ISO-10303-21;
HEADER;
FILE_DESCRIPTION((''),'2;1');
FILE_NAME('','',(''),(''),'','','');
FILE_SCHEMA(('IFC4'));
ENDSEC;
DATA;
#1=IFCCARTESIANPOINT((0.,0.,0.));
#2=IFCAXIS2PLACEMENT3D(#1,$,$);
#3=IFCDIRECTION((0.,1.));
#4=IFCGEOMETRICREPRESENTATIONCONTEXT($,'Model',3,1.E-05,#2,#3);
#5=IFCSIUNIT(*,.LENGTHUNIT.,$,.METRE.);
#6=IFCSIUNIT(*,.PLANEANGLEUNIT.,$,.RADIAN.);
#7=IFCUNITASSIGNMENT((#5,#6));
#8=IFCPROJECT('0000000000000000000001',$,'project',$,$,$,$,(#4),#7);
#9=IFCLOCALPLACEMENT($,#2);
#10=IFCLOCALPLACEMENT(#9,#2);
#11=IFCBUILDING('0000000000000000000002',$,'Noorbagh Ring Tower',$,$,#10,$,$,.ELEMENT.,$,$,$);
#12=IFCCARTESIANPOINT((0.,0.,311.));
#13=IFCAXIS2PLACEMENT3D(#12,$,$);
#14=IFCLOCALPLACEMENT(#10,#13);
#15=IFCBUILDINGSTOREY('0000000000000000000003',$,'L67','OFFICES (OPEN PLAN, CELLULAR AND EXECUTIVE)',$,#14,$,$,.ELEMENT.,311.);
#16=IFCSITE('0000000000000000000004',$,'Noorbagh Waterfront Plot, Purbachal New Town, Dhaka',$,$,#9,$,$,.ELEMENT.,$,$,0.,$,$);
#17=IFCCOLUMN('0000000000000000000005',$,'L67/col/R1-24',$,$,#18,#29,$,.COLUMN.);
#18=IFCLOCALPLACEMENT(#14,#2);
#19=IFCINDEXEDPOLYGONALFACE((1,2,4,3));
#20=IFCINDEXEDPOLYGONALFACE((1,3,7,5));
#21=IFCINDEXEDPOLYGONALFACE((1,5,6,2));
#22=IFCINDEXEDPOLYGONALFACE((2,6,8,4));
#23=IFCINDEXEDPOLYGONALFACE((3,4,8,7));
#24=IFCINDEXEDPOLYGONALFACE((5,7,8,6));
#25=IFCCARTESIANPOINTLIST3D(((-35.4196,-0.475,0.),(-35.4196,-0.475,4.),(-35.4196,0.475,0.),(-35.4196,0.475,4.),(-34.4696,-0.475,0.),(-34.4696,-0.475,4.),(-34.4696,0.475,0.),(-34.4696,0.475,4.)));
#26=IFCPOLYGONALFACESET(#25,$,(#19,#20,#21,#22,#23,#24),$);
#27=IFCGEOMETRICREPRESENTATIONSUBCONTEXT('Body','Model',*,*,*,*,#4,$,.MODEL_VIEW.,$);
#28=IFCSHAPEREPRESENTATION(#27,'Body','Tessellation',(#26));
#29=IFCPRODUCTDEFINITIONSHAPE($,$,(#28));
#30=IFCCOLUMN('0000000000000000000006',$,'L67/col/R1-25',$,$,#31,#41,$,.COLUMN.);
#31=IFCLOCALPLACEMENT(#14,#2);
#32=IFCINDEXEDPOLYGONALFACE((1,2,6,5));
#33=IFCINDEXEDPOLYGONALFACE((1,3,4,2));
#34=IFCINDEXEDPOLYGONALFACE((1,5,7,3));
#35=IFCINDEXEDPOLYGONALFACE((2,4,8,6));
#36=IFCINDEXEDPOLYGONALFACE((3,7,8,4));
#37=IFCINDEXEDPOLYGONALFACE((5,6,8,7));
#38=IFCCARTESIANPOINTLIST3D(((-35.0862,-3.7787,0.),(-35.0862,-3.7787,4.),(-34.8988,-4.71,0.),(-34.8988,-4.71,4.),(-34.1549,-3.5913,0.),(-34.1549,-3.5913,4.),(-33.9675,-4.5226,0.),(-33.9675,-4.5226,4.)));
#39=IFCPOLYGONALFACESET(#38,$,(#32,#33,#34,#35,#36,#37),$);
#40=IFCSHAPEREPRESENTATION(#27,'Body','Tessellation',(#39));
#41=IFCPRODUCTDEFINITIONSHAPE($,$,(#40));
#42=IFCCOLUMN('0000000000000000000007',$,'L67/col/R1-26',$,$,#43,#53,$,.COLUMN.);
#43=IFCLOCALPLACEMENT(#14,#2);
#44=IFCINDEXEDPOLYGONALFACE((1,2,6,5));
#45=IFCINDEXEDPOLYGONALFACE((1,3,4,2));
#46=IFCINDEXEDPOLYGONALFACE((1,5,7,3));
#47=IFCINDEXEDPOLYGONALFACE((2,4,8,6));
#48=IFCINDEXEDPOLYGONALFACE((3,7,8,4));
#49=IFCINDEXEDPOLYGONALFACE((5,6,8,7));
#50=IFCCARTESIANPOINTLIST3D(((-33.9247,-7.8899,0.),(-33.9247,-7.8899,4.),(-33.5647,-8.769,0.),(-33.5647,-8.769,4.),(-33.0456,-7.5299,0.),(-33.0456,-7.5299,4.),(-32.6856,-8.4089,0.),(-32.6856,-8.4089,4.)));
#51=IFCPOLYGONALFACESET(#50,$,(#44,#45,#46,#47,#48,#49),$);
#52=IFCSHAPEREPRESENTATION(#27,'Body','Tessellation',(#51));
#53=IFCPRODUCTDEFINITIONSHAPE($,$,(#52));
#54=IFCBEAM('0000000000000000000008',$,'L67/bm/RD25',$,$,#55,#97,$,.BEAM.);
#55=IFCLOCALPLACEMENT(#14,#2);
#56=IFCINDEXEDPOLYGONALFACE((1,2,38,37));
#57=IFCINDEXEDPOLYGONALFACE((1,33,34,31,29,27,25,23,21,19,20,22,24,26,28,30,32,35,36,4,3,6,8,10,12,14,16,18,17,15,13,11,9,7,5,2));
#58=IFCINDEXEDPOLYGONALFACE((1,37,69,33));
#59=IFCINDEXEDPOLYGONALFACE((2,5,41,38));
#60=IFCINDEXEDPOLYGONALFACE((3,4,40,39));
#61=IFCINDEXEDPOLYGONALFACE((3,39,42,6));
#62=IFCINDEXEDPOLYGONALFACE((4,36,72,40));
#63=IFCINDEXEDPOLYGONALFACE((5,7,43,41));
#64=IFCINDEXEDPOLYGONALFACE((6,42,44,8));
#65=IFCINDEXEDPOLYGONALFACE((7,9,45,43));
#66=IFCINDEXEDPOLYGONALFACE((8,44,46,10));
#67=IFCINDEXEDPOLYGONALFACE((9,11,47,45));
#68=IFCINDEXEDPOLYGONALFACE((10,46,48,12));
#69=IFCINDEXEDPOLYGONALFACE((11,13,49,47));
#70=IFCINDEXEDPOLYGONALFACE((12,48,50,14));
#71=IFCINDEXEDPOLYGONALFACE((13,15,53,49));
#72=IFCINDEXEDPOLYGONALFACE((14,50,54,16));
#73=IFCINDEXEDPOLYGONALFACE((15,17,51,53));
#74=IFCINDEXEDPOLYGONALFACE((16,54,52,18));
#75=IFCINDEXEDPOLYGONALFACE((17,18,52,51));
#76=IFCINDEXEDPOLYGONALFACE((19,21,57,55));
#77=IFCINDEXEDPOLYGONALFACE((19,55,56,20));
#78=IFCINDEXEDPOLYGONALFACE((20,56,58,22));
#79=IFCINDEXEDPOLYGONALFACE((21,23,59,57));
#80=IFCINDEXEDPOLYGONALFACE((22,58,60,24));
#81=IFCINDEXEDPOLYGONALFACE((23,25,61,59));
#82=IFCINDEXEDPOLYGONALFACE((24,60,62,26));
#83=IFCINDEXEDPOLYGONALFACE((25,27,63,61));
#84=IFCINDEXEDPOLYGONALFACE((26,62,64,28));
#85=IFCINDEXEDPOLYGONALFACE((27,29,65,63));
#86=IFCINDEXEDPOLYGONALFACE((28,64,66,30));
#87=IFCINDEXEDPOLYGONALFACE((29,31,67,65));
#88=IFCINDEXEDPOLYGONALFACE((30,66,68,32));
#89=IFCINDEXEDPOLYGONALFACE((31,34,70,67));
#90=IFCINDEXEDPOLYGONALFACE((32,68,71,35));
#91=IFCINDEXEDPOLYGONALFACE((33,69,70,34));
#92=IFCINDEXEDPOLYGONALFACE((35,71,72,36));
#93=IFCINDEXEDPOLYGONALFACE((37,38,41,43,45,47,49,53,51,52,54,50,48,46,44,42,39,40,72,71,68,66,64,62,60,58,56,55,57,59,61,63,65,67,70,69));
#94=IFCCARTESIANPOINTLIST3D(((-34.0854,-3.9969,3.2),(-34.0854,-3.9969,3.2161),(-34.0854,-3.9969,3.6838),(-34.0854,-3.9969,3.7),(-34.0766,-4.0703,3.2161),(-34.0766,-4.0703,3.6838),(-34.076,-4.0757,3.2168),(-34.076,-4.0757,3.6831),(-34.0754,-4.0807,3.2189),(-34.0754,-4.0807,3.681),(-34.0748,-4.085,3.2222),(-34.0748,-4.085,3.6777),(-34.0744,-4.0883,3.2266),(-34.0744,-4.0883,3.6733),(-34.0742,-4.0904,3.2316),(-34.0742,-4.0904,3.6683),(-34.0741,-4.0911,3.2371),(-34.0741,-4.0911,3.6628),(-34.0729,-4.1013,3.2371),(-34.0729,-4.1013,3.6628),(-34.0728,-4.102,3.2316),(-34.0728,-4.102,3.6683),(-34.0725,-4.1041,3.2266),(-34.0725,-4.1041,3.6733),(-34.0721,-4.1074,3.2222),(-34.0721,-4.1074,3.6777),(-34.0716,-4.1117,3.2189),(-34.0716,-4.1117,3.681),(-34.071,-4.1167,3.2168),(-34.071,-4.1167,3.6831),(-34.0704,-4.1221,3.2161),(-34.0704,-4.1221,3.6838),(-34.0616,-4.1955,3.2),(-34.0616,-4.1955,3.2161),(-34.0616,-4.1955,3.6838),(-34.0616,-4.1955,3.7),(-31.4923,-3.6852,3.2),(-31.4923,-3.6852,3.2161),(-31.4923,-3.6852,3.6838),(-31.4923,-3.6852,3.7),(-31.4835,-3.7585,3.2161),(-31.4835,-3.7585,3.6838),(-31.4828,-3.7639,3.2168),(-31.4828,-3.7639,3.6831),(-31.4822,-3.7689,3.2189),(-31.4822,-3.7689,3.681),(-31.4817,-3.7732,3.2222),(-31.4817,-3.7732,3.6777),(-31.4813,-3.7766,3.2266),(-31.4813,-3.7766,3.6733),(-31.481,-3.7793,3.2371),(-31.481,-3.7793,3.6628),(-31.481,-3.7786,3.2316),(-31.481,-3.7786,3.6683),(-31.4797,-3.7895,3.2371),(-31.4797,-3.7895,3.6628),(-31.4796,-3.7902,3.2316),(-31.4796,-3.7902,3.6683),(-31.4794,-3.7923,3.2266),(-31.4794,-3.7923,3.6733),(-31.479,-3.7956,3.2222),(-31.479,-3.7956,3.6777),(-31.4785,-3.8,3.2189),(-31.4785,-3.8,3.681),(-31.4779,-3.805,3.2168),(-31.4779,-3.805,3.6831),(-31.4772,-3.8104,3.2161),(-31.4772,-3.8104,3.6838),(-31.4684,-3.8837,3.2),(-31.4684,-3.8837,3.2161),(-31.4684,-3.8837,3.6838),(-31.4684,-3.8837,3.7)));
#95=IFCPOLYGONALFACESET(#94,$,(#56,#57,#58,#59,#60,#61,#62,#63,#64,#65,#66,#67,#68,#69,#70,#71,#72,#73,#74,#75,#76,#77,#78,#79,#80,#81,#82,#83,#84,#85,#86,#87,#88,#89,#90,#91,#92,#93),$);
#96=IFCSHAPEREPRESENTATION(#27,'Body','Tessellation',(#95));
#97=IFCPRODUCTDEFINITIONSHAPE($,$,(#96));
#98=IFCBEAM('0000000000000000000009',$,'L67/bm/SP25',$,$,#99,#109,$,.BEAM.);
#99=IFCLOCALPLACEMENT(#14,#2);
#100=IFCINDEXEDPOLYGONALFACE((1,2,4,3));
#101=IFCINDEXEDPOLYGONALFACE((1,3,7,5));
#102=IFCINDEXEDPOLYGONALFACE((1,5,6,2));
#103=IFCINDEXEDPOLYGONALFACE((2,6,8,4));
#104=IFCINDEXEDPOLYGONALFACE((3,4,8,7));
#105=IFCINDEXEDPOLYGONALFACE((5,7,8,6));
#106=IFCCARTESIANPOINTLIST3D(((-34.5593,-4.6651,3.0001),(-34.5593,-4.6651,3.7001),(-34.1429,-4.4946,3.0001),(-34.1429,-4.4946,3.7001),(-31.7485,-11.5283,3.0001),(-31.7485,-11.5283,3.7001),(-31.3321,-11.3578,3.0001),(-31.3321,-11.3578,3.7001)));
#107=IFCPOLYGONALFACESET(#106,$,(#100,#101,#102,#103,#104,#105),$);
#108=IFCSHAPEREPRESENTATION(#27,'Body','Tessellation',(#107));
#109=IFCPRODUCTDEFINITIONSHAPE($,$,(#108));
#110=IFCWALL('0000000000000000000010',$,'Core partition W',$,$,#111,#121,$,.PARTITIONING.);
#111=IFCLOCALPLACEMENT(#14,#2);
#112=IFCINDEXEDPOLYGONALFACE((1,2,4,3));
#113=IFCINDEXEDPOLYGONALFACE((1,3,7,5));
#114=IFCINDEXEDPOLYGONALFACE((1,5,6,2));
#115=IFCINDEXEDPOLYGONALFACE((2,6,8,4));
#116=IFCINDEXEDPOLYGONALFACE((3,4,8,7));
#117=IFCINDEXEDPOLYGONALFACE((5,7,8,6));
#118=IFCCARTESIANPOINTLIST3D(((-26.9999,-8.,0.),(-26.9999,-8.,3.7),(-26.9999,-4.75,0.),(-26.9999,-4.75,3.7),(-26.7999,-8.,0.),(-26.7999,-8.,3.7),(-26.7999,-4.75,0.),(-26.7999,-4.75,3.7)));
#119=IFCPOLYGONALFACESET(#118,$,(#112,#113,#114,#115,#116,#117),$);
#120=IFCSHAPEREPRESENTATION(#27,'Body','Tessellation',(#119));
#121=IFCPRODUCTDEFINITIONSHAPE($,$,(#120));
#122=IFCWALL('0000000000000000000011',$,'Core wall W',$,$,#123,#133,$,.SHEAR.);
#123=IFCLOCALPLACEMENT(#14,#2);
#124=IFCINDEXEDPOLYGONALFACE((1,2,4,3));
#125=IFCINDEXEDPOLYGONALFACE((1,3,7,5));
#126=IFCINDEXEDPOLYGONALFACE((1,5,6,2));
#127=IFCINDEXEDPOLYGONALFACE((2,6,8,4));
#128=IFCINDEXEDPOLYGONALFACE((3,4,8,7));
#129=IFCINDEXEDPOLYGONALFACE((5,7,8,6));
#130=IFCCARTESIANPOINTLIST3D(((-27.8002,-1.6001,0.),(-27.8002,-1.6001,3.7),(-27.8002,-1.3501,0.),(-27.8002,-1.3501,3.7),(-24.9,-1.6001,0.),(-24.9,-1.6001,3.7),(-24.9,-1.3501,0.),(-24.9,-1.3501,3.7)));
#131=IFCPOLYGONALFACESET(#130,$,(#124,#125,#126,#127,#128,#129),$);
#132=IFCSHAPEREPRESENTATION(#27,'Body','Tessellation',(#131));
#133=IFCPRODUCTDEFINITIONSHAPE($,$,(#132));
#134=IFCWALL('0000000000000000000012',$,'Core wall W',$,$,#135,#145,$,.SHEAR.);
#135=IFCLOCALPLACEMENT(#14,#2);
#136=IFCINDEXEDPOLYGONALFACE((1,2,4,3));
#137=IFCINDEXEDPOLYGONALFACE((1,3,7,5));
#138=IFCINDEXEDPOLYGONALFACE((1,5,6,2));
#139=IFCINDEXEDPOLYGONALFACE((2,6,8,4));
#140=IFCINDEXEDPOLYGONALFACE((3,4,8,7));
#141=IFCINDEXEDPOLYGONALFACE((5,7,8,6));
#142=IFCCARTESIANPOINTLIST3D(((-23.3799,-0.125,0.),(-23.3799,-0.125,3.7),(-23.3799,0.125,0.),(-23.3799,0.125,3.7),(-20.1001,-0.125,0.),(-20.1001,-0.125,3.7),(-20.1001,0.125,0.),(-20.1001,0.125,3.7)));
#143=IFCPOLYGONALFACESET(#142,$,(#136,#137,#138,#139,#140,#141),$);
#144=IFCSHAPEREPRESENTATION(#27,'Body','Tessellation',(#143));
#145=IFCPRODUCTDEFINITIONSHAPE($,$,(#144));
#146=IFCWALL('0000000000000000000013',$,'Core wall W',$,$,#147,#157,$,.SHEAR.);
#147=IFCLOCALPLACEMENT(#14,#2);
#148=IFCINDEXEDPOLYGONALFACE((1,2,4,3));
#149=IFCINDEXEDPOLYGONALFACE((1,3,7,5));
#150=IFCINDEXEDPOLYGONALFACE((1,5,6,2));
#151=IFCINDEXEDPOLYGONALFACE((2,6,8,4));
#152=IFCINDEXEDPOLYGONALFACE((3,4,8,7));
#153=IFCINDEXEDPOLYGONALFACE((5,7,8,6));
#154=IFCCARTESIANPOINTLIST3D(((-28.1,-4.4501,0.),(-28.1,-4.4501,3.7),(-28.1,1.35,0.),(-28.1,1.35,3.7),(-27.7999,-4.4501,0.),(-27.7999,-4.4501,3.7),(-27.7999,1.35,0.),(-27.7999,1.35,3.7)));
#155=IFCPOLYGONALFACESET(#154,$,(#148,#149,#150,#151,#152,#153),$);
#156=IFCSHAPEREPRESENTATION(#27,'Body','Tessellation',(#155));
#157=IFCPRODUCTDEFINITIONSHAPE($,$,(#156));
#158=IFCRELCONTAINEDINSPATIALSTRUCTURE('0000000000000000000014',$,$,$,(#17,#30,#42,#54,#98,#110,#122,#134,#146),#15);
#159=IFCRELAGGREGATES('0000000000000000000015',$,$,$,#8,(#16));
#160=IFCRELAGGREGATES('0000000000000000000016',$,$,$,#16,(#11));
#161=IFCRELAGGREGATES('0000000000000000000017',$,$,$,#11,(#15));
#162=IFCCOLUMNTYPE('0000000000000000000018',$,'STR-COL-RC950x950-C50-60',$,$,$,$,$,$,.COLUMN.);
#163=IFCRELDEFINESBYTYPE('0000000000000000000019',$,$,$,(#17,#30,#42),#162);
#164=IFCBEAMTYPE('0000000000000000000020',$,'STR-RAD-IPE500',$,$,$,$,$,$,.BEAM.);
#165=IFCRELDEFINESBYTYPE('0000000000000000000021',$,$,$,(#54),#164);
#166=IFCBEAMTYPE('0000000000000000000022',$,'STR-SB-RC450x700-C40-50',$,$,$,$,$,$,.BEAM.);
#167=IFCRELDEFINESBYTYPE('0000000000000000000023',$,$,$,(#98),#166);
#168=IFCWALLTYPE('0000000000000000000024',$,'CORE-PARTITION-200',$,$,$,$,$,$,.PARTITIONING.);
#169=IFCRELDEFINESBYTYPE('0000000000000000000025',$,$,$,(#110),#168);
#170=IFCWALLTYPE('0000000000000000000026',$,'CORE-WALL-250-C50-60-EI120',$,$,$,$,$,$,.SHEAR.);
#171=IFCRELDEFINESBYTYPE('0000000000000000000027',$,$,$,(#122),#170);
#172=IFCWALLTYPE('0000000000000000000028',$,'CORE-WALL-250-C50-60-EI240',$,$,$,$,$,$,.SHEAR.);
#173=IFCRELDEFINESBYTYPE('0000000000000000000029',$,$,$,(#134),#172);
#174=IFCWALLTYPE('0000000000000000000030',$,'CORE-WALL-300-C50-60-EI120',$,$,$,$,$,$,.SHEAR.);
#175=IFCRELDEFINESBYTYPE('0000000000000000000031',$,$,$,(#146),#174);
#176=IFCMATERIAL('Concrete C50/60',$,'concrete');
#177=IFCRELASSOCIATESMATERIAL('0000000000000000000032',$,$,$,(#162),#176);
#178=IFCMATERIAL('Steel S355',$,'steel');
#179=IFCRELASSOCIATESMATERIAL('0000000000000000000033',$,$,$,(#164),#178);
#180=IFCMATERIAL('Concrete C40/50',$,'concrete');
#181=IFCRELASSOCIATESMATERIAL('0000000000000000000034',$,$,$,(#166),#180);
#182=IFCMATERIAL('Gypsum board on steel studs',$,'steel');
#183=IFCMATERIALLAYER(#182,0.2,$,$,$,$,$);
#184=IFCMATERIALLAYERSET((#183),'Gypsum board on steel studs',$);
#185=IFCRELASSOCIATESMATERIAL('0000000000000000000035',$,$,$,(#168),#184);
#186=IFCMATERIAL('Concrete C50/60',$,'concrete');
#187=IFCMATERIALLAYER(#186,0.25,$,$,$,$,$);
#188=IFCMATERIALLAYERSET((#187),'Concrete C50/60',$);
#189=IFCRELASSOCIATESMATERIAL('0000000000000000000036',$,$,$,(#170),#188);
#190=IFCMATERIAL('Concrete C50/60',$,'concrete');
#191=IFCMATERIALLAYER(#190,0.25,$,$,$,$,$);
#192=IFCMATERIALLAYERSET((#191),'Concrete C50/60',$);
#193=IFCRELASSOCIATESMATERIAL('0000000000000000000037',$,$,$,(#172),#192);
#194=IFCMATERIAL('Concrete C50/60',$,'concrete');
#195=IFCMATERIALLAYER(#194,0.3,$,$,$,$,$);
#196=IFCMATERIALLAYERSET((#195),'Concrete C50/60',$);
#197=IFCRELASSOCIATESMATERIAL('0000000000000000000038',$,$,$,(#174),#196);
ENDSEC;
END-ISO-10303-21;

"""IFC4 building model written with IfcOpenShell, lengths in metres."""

from ifc_helpers import new_model, si_unit, direction, frame, frame_2d, origin, origin_2d, place, context, subcontext, project, spatial, rectangle, i_section, extrude, material, layer, layer_set, material_profile, profile_set, type_object, element, save


model = new_model("IFC4")

# Units and contexts
model_context = context("Model", 3, precision=1e-05, world=origin(), true_north=direction((0.0, 1.0)))
body_context = subcontext(model_context, "Body", "Model", "MODEL_VIEW")
ifc_project = project(units=[si_unit("LENGTHUNIT", "METRE"), si_unit("PLANEANGLEUNIT", "RADIAN")], contexts=[model_context])

# Site, building, storey
site_placement = place(None, origin())
site = spatial("IfcSite", under=ifc_project, at=site_placement, Name="Noorbagh Waterfront Plot, Purbachal New Town, Dhaka", CompositionType="ELEMENT", RefElevation=0.0)
building_placement = place(site_placement, origin())
building = spatial("IfcBuilding", under=site, at=building_placement, Name="Noorbagh Ring Tower", CompositionType="ELEMENT")
storey_placement = place(building_placement, frame((0.0, 0.0, 311.0)))
storey = spatial("IfcBuildingStorey", under=building, at=storey_placement, Name="L67", Description="OFFICES (OPEN PLAN, CELLULAR AND EXECUTIVE)", CompositionType="ELEMENT", Elevation=311.0)

# Columns
ifc_material_1 = material(Name="Concrete C50/60", Category="concrete")
ifc_material_profile_1 = material_profile(ifc_material_1, rectangle(XDim=0.95, YDim=0.95, at=origin_2d()), Name="RC950x950")
ifc_profile_set_1 = profile_set([ifc_material_profile_1], Name="Concrete C50/60")
column_type = type_object("IfcColumnType", Name="STR-COL-RC950x950-C50-60", PredefinedType="COLUMN", material=ifc_profile_set_1)
for number, where, z_axis, x_axis, name in (
    (1, (-34.9446, 0.0, 0.0), (0.0, 0.0, 1.0), (0.0, -1.0, 0.0), "L67/col/R1-24"),
    (2, (-34.5269, -4.1506, 0.0), (0.0, 0.0, 1.0), (0.19723, -0.980357, 0.0), "L67/col/R1-25"),
    (3, (-33.3052, -8.1494, 0.0), (0.0, 0.0, 1.0), (0.378989, -0.925401, 0.0), "L67/col/R1-26"),
):
    element("IfcColumn", number, at=place(storey_placement, frame(where, z_axis=z_axis, x_axis=x_axis)), inside=storey, type_object=column_type, Name=name, PredefinedType="COLUMN", context=body_context, shape_type="SweptSolid", body=[
        extrude(rectangle(XDim=0.95, YDim=0.95, at=origin_2d()), origin(), (0.0, 0.0, 1.0), 4.0),
    ])

# Beams
ifc_material_2 = material(Name="Steel S355", Category="steel")
ifc_material_profile_2 = material_profile(ifc_material_2, i_section(OverallWidth=0.2, OverallDepth=0.5, WebThickness=0.0103, FlangeThickness=0.0161, FilletRadius=0.021, at=origin_2d()), Name="IPE500")
ifc_profile_set_2 = profile_set([ifc_material_profile_2], Name="Steel S355")
beam_type_1 = type_object("IfcBeamType", Name="STR-RAD-IPE500", PredefinedType="BEAM", material=ifc_profile_set_2)
beam_1_placement = place(storey_placement, frame((-34.0735, -4.0962, 3.45), z_axis=(0.992851, 0.119363, 0.0), x_axis=(-0.119363, 0.992851, 0.0)))
element("IfcBeam", 4, at=beam_1_placement, inside=storey, type_object=beam_type_1, Name="L67/bm/RD25", PredefinedType="BEAM", context=body_context, shape_type="SweptSolid", body=[
    extrude(i_section(OverallWidth=0.2, OverallDepth=0.5, WebThickness=0.0103, FlangeThickness=0.0161, FilletRadius=0.021, at=origin_2d()), origin(), (0.0, 0.0, 1.0), 2.6118),
])
ifc_material_3 = material(Name="Concrete C40/50", Category="concrete")
ifc_material_profile_3 = material_profile(ifc_material_3, rectangle(XDim=0.45, YDim=0.7, at=origin_2d()), Name="RC450x700")
ifc_profile_set_3 = profile_set([ifc_material_profile_3], Name="Concrete C40/50")
beam_type_2 = type_object("IfcBeamType", Name="STR-SB-RC450x700-C40-50", PredefinedType="BEAM", material=ifc_profile_set_3)
beam_2_placement = place(storey_placement, frame((-34.3511, -4.5798, 3.3501), z_axis=(0.378989, -0.925401, 0.0), x_axis=(0.925401, 0.378989, 0.0)))
element("IfcBeam", 5, at=beam_2_placement, inside=storey, type_object=beam_type_2, Name="L67/bm/SP25", PredefinedType="BEAM", context=body_context, shape_type="SweptSolid", body=[
    extrude(rectangle(XDim=0.45, YDim=0.7, at=origin_2d()), origin(), (0.0, 0.0, 1.0), 7.4165),
])

# Walls
ifc_material_4 = material(Name="Gypsum board on steel studs", Category="steel")
ifc_layer_1 = layer(ifc_material_4, 0.2)
ifc_layer_set_1 = layer_set([ifc_layer_1], Name="Gypsum board on steel studs")
wall_type_1 = type_object("IfcWallType", Name="CORE-PARTITION-200", PredefinedType="PARTITIONING", material=ifc_layer_set_1)
wall_1_placement = place(storey_placement, frame((-26.8999, -8.0, 0.0), z_axis=(0.0, 0.0, 1.0), x_axis=(0.0, 1.0, 0.0)))
element("IfcWall", 6, at=wall_1_placement, inside=storey, type_object=wall_type_1, Name="Core partition W", PredefinedType="PARTITIONING", context=body_context, shape_type="SweptSolid", body=[
    extrude(rectangle(XDim=3.25, YDim=0.2, at=frame_2d((1.625, 0.0))), origin(), (0.0, 0.0, 1.0), 3.7),
])
ifc_material_5 = material(Name="Concrete C50/60", Category="concrete")
ifc_layer_2 = layer(ifc_material_5, 0.25)
ifc_layer_set_2 = layer_set([ifc_layer_2], Name="Concrete C50/60")
wall_type_2 = type_object("IfcWallType", Name="CORE-WALL-250-C50-60-EI120", PredefinedType="SHEAR", material=ifc_layer_set_2)
wall_2_placement = place(storey_placement, frame((-24.8999, -1.4751, 0.0), z_axis=(0.0, 0.0, 1.0), x_axis=(-1.0, 0.0, 0.0)))
element("IfcWall", 7, at=wall_2_placement, inside=storey, type_object=wall_type_2, Name="Core wall W", PredefinedType="SHEAR", context=body_context, shape_type="SweptSolid", body=[
    extrude(rectangle(XDim=2.9001, YDim=0.25, at=frame_2d((1.4502, 0.0))), origin(), (0.0, 0.0, 1.0), 3.7),
])
ifc_material_6 = material(Name="Concrete C50/60", Category="concrete")
ifc_layer_3 = layer(ifc_material_6, 0.25)
ifc_layer_set_3 = layer_set([ifc_layer_3], Name="Concrete C50/60")
wall_type_3 = type_object("IfcWallType", Name="CORE-WALL-250-C50-60-EI240", PredefinedType="SHEAR", material=ifc_layer_set_3)
wall_3_placement = place(storey_placement, frame((-20.1001, 0.0, 0.0), z_axis=(0.0, 0.0, 1.0), x_axis=(-1.0, 0.0, 0.0)))
element("IfcWall", 8, at=wall_3_placement, inside=storey, type_object=wall_type_3, Name="Core wall W", PredefinedType="SHEAR", context=body_context, shape_type="SweptSolid", body=[
    extrude(rectangle(XDim=3.2798, YDim=0.25, at=frame_2d((1.6399, 0.0))), origin(), (0.0, 0.0, 1.0), 3.7),
])
ifc_material_7 = material(Name="Concrete C50/60", Category="concrete")
ifc_layer_4 = layer(ifc_material_7, 0.3)
ifc_layer_set_4 = layer_set([ifc_layer_4], Name="Concrete C50/60")
wall_type_4 = type_object("IfcWallType", Name="CORE-WALL-300-C50-60-EI120", PredefinedType="SHEAR", material=ifc_layer_set_4)
wall_4_placement = place(storey_placement, frame((-27.95, -4.45, 0.0), z_axis=(0.0, 0.0, 1.0), x_axis=(0.0, 1.0, 0.0)))
element("IfcWall", 9, at=wall_4_placement, inside=storey, type_object=wall_type_4, Name="Core wall W", PredefinedType="SHEAR", context=body_context, shape_type="SweptSolid", body=[
    extrude(rectangle(XDim=5.8, YDim=0.3, at=frame_2d((2.8999, 0.0))), origin(), (0.0, 0.0, 1.0), 3.7),
])

save(model, "model.ifc")
